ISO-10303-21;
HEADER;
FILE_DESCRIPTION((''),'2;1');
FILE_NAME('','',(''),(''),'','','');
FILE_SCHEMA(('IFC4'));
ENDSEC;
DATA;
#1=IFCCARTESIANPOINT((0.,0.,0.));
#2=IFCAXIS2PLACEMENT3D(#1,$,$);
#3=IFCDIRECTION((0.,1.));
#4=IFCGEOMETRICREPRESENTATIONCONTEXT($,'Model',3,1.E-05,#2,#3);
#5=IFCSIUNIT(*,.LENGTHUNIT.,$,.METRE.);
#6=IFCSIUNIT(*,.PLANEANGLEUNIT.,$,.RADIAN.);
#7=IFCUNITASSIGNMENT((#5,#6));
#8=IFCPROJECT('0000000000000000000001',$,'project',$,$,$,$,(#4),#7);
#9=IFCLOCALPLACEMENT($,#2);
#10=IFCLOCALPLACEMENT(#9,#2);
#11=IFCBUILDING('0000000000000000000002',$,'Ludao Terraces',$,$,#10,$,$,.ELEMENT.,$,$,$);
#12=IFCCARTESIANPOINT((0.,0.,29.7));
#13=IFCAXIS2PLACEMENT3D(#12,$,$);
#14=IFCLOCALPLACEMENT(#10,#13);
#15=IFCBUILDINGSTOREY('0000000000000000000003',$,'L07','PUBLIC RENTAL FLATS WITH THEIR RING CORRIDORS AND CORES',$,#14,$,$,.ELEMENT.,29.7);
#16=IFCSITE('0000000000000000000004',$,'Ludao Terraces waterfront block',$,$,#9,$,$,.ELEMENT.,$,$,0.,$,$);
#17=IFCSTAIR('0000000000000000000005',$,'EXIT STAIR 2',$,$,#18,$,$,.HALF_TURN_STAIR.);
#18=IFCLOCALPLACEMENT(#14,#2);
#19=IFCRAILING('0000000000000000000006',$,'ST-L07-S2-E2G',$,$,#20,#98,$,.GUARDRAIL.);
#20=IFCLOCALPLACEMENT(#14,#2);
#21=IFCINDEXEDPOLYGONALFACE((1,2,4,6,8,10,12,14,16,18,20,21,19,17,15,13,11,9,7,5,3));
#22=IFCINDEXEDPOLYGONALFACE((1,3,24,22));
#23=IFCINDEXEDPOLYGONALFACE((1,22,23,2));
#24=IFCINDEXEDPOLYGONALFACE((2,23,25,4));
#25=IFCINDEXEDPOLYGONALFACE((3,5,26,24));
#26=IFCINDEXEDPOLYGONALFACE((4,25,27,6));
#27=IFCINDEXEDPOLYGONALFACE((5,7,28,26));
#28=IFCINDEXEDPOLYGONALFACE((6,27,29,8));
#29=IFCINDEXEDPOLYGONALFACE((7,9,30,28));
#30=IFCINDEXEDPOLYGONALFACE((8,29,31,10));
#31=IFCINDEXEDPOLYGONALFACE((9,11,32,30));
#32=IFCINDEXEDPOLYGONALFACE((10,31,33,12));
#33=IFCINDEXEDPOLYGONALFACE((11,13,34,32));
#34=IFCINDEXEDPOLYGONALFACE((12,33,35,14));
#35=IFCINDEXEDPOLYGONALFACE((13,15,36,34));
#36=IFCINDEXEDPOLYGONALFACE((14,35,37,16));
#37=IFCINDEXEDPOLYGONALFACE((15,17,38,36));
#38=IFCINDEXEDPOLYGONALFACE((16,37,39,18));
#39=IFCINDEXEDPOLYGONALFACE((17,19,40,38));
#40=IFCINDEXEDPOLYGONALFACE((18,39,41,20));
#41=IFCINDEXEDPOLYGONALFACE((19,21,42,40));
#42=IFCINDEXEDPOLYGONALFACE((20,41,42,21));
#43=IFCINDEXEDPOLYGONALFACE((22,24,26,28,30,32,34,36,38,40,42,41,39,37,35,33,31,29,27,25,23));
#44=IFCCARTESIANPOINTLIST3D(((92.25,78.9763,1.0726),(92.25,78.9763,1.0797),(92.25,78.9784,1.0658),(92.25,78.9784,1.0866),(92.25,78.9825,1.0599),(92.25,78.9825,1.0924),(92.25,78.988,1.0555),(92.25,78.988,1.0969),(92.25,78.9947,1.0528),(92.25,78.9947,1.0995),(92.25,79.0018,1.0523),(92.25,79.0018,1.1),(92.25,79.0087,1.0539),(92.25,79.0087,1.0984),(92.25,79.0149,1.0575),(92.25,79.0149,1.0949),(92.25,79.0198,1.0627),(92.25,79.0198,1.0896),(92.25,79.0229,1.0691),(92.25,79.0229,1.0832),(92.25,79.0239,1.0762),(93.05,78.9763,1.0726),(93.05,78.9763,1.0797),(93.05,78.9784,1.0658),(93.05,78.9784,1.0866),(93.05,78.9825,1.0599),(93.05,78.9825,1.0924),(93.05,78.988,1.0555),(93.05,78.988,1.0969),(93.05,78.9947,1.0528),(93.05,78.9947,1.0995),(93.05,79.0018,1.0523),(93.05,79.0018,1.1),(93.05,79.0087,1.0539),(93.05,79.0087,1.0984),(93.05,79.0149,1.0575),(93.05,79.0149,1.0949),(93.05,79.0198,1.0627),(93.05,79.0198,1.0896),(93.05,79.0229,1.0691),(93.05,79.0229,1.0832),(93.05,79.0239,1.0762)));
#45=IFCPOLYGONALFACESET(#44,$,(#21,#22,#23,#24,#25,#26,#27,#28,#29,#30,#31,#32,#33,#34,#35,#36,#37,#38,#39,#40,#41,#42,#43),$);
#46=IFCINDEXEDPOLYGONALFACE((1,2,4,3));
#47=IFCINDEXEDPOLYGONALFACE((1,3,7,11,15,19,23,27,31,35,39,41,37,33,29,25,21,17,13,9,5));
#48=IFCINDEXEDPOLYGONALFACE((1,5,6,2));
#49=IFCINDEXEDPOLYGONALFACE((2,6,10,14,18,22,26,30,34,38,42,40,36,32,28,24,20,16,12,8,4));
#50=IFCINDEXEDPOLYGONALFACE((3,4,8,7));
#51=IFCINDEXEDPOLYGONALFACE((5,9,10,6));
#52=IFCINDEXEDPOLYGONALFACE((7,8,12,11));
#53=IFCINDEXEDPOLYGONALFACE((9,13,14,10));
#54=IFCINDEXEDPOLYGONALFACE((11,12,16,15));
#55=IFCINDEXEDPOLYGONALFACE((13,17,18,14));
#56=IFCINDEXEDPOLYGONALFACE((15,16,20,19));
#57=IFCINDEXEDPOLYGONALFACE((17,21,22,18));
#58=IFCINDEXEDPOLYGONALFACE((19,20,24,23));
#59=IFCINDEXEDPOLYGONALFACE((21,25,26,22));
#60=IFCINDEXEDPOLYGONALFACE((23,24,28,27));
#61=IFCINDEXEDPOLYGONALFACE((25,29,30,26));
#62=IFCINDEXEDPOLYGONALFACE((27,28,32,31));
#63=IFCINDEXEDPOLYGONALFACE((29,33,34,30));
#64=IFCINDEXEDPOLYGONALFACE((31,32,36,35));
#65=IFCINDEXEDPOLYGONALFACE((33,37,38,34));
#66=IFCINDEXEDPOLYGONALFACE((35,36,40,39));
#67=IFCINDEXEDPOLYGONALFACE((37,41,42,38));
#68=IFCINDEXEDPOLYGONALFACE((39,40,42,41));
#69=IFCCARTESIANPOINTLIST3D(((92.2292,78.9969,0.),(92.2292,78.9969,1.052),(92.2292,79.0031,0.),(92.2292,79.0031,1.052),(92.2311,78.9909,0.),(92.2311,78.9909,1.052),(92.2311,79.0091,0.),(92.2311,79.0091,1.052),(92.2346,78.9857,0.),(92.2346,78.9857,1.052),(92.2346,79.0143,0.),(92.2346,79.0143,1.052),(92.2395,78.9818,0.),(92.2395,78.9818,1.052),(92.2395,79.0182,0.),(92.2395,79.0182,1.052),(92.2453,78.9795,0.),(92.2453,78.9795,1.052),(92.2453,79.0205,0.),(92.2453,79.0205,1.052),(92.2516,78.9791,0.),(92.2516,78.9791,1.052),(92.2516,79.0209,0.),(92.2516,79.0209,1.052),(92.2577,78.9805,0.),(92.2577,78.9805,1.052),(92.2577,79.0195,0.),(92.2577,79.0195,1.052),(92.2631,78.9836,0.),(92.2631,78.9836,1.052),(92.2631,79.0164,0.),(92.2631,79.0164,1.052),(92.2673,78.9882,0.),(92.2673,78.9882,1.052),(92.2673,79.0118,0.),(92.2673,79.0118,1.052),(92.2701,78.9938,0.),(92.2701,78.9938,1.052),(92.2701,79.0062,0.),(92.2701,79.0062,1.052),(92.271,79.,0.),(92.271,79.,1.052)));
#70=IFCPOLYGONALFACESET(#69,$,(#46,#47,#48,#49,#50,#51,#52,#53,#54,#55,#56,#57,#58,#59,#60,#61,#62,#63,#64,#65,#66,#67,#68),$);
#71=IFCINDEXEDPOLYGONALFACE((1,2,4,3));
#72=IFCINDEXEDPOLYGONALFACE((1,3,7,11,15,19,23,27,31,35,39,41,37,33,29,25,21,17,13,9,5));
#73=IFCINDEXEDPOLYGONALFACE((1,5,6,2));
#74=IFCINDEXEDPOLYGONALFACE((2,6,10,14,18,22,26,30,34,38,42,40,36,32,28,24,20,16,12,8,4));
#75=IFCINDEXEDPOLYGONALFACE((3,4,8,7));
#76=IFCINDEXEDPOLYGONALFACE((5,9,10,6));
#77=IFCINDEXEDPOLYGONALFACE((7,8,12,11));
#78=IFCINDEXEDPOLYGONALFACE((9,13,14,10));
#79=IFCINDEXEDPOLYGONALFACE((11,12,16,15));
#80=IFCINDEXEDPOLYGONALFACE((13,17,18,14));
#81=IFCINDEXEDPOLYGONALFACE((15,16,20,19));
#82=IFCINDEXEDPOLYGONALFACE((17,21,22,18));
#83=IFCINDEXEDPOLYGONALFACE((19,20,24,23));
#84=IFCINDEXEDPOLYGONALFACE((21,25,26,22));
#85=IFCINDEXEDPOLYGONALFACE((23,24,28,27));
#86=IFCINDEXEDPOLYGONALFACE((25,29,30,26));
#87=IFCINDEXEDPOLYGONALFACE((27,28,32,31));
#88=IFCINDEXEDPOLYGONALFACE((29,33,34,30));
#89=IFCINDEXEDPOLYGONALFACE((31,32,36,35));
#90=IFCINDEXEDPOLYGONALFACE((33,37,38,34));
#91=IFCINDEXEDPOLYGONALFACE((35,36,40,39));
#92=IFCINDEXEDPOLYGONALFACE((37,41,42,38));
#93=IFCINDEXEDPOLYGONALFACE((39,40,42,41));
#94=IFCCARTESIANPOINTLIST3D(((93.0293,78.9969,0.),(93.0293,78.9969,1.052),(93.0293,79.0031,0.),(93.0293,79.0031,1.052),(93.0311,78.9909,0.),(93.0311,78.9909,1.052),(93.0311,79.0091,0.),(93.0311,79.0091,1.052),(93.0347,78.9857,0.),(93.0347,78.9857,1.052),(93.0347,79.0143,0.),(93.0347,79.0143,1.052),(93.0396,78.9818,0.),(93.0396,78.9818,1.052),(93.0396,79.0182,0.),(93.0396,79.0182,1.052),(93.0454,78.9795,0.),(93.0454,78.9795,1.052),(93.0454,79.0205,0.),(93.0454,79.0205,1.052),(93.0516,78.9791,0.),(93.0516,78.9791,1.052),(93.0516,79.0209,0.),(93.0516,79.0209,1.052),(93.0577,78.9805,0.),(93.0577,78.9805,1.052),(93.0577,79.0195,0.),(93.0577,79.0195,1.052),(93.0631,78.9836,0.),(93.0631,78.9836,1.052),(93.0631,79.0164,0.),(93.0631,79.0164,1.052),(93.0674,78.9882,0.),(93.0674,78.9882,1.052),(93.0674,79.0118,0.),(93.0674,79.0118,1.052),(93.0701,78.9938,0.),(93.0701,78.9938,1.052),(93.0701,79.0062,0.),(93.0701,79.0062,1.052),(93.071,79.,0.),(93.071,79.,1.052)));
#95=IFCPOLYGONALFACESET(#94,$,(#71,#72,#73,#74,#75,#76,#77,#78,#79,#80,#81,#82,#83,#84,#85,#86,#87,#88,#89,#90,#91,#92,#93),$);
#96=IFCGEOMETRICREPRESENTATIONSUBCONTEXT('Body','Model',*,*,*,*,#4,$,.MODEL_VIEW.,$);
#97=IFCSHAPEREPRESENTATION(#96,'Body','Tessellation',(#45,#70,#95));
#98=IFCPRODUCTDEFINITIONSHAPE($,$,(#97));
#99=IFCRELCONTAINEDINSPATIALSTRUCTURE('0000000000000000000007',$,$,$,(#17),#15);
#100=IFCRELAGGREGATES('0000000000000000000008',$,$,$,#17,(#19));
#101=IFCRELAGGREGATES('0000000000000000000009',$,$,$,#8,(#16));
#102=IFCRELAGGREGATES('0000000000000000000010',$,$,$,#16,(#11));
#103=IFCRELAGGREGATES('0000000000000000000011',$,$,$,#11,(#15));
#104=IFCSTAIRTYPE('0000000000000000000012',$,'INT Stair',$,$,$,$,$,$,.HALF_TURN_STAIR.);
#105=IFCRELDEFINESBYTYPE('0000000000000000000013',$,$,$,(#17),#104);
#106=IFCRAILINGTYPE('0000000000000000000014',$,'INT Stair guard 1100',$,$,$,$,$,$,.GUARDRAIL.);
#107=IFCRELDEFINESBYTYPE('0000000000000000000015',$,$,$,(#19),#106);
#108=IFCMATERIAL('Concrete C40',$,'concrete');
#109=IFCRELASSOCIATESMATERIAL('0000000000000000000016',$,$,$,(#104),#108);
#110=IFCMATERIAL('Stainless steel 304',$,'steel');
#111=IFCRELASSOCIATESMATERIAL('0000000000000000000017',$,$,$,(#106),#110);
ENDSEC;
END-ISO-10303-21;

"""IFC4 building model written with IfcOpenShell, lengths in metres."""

from ifc_helpers import new_model, si_unit, direction, frame, origin, origin_2d, place, context, subcontext, project, spatial, circle, extrude, material, type_object, element, aggregate, save


model = new_model("IFC4")

# Units and contexts
model_context = context("Model", 3, precision=1e-05, world=origin(), true_north=direction((0.0, 1.0)))
body_context = subcontext(model_context, "Body", "Model", "MODEL_VIEW")
ifc_project = project(units=[si_unit("LENGTHUNIT", "METRE"), si_unit("PLANEANGLEUNIT", "RADIAN")], contexts=[model_context])

# Site, building, storey
site_placement = place(None, origin())
site = spatial("IfcSite", under=ifc_project, at=site_placement, Name="Ludao Terraces waterfront block", CompositionType="ELEMENT", RefElevation=0.0)
building_placement = place(site_placement, origin())
building = spatial("IfcBuilding", under=site, at=building_placement, Name="Ludao Terraces", CompositionType="ELEMENT")
storey_placement = place(building_placement, frame((0.0, 0.0, 29.7)))
storey = spatial("IfcBuildingStorey", under=building, at=storey_placement, Name="L07", Description="PUBLIC RENTAL FLATS WITH THEIR RING CORRIDORS AND CORES", CompositionType="ELEMENT", Elevation=29.7)

# Stair, railing
ifc_material_1 = material(Name="Concrete C40", Category="concrete")
stair_type = type_object("IfcStairType", Name="INT Stair", PredefinedType="HALF_TURN_STAIR", material=ifc_material_1)
stair_placement = place(storey_placement, origin())
stair = element("IfcStair", 1, at=stair_placement, inside=storey, type_object=stair_type, Name="EXIT STAIR 2", PredefinedType="HALF_TURN_STAIR")
ifc_material_2 = material(Name="Stainless steel 304", Category="steel")
railing_type_1 = type_object("IfcRailingType", Name="INT Stair guard 1100", PredefinedType="GUARDRAIL", material=ifc_material_2)
railing_1_placement = place(storey_placement, frame((92.25, 79.0, 0.0)))
railing_1 = element("IfcRailing", 2, at=railing_1_placement, type_object=railing_type_1, Name="ST-L07-S2-E2G", PredefinedType="GUARDRAIL", context=body_context, shape_type="SweptSolid", body=[
    extrude(circle(Radius=0.0239, at=origin_2d()), frame((0.0, 0.0, 1.0762), z_axis=(1.0, 0.0, 0.0), x_axis=(0.0, 1.0, 0.0)), (0.0, 0.0, 1.0), 0.8),
    extrude(circle(Radius=0.021, at=origin_2d()), origin(), (0.0, 0.0, 1.0), 1.052),
    extrude(circle(Radius=0.021, at=origin_2d()), frame((0.8, 0.0, 0.0)), (0.0, 0.0, 1.0), 1.052),
])
aggregate(stair, [railing_1])

save(model, "model.ifc")
